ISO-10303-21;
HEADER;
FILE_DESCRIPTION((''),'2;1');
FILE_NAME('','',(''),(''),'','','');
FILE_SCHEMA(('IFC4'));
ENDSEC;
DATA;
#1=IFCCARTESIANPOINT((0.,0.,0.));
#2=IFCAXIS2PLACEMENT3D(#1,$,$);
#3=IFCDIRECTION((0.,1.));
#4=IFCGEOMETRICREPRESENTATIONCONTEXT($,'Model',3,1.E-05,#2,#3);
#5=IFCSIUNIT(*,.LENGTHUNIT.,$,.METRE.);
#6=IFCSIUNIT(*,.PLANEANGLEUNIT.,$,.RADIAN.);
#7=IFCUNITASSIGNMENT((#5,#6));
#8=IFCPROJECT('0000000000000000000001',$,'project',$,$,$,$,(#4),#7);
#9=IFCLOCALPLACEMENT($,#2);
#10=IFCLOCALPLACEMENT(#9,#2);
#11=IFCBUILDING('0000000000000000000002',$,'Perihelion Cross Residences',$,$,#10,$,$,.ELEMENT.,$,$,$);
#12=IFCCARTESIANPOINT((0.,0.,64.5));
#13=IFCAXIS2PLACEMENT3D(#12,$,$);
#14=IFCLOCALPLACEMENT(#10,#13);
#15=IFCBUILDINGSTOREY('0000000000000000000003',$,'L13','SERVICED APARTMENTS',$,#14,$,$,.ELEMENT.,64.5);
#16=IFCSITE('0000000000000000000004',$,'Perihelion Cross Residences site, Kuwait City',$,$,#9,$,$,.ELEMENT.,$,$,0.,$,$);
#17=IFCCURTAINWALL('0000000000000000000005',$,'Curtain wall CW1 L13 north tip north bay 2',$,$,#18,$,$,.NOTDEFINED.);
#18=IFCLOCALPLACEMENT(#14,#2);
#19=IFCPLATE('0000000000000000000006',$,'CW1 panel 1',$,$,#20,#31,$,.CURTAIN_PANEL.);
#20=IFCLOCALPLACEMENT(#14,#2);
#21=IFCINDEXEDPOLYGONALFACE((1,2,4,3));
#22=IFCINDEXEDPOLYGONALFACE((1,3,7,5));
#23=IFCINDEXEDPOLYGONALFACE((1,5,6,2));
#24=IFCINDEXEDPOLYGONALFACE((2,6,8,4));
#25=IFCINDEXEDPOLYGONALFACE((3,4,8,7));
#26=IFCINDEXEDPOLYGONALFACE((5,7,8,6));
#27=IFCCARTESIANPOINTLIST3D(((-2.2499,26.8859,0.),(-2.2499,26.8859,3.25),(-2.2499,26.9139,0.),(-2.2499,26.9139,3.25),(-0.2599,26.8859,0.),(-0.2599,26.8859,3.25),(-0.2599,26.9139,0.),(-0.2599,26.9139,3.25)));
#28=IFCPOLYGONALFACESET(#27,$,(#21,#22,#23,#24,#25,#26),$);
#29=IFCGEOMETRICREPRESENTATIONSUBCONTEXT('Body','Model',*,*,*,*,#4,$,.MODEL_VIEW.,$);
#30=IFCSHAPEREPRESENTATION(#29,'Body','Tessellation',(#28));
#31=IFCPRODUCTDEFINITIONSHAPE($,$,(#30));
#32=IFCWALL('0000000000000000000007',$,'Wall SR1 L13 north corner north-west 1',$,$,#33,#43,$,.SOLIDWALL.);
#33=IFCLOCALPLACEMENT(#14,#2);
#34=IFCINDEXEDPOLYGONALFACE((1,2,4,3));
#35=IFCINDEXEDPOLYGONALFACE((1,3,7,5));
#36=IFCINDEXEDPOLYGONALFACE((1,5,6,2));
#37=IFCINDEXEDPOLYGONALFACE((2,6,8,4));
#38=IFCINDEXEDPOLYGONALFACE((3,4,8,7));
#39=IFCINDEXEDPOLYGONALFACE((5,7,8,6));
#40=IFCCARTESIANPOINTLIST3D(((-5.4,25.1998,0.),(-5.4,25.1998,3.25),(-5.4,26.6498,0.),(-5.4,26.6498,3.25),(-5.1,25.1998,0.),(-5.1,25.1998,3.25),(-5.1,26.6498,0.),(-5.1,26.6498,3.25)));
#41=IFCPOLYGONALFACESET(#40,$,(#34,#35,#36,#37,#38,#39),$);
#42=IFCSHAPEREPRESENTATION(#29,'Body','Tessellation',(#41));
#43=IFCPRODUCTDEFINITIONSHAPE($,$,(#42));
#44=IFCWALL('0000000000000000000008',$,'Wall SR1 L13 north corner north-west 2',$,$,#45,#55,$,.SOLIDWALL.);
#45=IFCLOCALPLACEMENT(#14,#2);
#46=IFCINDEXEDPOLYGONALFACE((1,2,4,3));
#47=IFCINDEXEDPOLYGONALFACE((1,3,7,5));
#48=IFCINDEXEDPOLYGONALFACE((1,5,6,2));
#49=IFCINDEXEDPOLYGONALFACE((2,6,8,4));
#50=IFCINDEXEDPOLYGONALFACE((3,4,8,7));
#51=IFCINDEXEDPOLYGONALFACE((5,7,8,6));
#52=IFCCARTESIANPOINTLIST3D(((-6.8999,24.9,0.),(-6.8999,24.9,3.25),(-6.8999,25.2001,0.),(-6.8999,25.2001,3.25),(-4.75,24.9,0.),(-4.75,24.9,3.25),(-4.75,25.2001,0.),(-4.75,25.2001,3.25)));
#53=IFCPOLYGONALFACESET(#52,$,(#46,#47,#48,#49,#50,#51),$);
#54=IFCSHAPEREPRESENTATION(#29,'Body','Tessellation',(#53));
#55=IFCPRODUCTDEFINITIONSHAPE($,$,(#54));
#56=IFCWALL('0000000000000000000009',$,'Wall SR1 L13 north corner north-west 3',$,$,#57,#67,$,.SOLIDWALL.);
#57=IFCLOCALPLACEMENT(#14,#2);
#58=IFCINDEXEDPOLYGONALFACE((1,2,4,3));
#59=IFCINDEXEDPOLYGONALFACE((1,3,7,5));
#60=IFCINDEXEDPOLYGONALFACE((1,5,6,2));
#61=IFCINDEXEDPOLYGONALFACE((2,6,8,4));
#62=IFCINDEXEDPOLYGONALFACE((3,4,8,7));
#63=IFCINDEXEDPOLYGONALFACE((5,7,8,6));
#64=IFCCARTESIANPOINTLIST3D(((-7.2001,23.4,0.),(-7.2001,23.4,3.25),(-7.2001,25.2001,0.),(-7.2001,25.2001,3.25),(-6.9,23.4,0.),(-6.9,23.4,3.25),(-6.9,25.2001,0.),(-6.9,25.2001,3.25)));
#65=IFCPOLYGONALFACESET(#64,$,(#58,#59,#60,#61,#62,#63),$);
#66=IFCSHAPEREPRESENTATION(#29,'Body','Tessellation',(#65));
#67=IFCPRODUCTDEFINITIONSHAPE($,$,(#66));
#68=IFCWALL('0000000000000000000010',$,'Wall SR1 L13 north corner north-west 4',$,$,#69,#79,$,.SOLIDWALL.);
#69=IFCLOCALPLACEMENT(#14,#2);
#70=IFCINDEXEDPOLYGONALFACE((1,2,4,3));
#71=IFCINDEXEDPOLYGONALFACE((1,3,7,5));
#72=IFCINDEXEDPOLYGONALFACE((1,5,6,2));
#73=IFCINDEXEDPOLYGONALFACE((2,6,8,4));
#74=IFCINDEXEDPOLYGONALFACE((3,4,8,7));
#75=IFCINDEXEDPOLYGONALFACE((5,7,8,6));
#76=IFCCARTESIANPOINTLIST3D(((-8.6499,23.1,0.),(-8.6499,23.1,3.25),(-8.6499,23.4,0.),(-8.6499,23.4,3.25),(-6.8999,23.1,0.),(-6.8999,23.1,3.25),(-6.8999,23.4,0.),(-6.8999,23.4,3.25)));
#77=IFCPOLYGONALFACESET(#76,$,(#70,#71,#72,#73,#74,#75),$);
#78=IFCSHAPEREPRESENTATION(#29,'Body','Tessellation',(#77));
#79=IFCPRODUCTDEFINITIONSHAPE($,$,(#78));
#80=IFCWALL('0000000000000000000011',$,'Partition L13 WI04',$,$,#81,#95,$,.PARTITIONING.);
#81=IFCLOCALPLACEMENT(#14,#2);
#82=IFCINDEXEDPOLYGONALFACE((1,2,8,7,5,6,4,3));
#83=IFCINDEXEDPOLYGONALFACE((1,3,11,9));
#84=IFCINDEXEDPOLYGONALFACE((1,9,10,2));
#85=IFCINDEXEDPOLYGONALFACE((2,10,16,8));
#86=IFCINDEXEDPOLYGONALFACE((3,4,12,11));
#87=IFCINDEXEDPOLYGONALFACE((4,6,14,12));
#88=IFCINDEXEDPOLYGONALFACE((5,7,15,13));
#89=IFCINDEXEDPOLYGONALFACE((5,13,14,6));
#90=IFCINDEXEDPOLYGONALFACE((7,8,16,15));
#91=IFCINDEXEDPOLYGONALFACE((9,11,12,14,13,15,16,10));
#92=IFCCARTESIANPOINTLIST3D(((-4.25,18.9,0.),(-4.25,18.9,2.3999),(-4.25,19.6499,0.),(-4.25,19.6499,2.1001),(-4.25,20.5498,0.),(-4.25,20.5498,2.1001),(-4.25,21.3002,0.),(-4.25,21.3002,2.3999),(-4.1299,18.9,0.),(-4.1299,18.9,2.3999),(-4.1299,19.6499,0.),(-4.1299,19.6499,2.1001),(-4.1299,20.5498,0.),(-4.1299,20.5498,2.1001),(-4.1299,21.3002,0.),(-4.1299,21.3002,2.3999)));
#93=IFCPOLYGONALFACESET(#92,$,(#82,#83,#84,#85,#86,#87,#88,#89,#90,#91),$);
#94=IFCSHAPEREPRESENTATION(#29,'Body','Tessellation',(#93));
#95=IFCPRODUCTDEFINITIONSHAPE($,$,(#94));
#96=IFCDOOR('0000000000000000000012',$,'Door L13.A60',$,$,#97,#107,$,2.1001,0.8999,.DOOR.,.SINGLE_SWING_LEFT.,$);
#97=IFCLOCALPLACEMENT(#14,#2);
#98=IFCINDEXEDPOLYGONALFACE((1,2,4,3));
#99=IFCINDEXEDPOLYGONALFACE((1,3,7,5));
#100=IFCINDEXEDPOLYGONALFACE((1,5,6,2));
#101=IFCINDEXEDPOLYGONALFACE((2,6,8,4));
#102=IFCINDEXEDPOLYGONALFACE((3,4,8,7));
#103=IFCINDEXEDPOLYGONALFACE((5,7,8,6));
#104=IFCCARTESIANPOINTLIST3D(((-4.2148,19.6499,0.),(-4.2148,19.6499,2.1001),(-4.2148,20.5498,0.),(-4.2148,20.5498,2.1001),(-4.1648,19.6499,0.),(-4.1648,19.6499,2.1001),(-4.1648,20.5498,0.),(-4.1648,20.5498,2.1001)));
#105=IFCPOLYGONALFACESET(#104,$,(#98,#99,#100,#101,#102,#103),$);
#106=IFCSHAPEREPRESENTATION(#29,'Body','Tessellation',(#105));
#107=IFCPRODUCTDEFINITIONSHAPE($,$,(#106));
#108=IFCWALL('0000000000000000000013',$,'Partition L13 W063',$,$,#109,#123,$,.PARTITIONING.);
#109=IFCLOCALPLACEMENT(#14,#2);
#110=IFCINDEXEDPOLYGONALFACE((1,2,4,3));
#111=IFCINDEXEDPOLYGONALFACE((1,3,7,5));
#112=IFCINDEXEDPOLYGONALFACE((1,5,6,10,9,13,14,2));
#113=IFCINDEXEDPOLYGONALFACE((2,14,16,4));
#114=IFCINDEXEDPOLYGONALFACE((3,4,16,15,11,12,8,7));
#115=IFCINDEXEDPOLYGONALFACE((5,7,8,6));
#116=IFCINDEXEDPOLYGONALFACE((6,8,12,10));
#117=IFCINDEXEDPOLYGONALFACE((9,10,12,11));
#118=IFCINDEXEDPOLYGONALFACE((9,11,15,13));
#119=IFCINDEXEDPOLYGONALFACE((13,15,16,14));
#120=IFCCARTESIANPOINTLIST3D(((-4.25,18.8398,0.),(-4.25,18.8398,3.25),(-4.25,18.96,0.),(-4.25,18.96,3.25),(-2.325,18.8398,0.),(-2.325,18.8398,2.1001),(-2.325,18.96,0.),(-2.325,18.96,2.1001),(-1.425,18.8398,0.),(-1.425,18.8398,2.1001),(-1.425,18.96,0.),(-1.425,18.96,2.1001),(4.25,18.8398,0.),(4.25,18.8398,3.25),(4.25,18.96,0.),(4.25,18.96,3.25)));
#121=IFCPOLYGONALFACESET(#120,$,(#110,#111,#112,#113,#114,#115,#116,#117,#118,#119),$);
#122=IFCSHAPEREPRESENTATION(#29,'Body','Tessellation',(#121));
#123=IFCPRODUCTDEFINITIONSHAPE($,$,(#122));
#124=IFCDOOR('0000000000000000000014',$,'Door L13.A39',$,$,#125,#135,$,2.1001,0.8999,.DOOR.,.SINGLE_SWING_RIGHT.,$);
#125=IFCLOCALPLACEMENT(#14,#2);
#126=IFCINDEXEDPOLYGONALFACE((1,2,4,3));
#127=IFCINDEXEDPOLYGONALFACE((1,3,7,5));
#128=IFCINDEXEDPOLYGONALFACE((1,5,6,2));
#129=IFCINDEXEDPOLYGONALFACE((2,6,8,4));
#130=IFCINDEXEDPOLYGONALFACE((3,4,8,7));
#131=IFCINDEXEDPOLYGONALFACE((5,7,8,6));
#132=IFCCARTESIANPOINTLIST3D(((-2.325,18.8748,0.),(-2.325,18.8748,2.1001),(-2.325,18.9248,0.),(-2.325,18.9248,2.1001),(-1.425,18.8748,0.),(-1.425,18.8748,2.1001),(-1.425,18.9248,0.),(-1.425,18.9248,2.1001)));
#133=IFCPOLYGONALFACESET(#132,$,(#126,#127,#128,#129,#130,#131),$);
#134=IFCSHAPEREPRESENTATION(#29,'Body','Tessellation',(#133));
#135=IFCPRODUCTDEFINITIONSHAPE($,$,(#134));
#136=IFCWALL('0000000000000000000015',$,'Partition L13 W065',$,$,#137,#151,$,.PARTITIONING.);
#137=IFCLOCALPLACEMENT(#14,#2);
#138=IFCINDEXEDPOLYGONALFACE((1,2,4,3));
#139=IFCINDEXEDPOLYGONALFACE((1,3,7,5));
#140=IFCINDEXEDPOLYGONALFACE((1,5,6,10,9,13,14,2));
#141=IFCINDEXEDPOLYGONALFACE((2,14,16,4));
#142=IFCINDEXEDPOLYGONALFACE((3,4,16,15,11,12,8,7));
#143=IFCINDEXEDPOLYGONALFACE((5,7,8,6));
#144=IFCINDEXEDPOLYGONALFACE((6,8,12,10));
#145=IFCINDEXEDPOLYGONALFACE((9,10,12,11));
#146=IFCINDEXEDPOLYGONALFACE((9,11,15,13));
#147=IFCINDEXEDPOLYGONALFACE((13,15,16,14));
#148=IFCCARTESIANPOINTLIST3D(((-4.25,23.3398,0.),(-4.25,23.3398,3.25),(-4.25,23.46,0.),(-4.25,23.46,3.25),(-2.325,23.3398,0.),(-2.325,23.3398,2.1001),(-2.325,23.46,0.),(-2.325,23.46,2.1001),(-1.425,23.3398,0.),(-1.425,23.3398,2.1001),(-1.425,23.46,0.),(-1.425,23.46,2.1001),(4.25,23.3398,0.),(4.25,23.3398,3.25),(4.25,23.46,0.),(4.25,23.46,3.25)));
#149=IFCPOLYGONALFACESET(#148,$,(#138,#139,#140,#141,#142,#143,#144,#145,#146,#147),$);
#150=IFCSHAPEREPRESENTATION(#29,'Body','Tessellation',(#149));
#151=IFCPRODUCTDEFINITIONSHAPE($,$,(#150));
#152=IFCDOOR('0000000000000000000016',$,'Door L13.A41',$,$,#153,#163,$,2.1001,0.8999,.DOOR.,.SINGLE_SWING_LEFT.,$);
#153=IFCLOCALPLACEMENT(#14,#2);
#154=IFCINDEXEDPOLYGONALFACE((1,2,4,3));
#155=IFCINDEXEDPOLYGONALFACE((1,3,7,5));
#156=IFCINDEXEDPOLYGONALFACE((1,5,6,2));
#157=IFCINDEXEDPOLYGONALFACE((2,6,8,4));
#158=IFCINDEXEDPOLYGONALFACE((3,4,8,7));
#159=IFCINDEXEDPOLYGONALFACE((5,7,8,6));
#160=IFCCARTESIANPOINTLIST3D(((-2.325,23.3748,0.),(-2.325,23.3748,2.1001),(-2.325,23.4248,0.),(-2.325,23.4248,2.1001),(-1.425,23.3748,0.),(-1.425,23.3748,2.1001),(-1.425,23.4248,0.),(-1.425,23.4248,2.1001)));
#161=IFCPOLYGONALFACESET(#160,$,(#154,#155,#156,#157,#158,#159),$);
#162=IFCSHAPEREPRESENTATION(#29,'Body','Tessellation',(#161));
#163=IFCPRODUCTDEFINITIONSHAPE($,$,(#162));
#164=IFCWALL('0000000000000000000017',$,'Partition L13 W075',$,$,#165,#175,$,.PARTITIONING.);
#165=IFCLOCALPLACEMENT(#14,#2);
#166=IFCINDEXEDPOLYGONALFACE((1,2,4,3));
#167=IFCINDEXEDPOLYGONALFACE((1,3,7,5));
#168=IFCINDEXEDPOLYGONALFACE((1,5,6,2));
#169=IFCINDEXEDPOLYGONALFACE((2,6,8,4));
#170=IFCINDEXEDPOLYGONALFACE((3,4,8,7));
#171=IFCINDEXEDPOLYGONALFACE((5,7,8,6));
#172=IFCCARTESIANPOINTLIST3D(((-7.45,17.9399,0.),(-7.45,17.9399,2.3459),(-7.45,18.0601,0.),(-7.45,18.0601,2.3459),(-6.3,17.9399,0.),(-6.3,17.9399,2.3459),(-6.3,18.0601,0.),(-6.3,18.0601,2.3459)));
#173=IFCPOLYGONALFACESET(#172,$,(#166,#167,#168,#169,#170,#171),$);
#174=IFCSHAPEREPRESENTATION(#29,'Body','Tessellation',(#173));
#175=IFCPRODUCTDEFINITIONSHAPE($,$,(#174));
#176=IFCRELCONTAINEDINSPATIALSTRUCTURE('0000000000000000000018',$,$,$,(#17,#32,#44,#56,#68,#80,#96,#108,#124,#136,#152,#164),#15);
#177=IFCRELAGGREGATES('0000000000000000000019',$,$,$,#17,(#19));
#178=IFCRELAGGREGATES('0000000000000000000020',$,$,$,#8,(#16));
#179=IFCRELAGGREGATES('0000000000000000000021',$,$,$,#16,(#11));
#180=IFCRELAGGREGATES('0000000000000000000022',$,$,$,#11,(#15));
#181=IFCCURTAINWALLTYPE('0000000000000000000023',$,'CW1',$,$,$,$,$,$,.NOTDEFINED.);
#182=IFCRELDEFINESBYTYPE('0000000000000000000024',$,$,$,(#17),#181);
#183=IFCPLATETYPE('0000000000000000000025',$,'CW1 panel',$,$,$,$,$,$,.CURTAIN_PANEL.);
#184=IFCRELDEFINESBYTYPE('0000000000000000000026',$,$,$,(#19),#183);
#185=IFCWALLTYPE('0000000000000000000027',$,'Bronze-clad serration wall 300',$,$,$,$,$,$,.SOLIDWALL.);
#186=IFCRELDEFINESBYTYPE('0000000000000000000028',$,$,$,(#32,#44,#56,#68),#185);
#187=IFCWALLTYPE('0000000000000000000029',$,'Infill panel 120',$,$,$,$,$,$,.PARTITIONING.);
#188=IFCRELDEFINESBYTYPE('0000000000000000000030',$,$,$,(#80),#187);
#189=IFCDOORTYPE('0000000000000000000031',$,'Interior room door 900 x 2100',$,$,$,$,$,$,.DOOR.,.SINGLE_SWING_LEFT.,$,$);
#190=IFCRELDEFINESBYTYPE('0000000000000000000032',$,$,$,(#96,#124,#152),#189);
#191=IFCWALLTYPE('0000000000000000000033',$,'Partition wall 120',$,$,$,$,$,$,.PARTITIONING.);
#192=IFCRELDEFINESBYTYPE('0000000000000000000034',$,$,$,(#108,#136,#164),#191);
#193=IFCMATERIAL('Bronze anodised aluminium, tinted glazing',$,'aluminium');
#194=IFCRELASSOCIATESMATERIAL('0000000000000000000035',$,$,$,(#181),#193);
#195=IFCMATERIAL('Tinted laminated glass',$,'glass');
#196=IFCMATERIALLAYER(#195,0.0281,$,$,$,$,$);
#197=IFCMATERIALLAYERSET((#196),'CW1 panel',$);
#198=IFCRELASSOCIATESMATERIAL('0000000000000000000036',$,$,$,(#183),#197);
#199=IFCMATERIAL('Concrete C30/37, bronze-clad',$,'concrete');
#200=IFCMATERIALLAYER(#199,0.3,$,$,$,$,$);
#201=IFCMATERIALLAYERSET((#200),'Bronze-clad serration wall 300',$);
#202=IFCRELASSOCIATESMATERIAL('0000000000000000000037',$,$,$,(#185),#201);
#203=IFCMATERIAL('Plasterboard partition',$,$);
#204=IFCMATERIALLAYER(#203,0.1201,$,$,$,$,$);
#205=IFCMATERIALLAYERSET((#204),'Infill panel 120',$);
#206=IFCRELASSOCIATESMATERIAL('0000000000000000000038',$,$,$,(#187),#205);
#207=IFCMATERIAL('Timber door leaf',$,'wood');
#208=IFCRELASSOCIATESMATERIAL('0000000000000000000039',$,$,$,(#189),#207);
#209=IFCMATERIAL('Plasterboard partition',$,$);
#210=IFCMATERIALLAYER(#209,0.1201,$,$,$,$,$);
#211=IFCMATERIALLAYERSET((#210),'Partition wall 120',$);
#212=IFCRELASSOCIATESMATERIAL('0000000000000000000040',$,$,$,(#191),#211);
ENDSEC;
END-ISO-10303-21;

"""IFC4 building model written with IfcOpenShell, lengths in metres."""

from ifc_helpers import new_model, si_unit, direction, frame, frame_2d, origin, origin_2d, place, context, subcontext, project, spatial, rectangle, extrude, material, layer, layer_set, type_object, element, fill, aggregate, save


model = new_model("IFC4")

# Units and contexts
model_context = context("Model", 3, precision=1e-05, world=origin(), true_north=direction((0.0, 1.0)))
body_context = subcontext(model_context, "Body", "Model", "MODEL_VIEW")
ifc_project = project(units=[si_unit("LENGTHUNIT", "METRE"), si_unit("PLANEANGLEUNIT", "RADIAN")], contexts=[model_context])

# Site, building, storey
site_placement = place(None, origin())
site = spatial("IfcSite", under=ifc_project, at=site_placement, Name="Perihelion Cross Residences site, Kuwait City", CompositionType="ELEMENT", RefElevation=0.0)
building_placement = place(site_placement, origin())
building = spatial("IfcBuilding", under=site, at=building_placement, Name="Perihelion Cross Residences", CompositionType="ELEMENT")
storey_placement = place(building_placement, frame((0.0, 0.0, 64.5)))
storey = spatial("IfcBuildingStorey", under=building, at=storey_placement, Name="L13", Description="SERVICED APARTMENTS", CompositionType="ELEMENT", Elevation=64.5)

# Curtain wall
ifc_material_1 = material(Name="Bronze anodised aluminium, tinted glazing", Category="aluminium")
curtain_wall_type = type_object("IfcCurtainWallType", Name="CW1", PredefinedType="NOTDEFINED", material=ifc_material_1)
curtain_wall_placement = place(storey_placement, origin())
curtain_wall = element("IfcCurtainWall", 1, at=curtain_wall_placement, inside=storey, type_object=curtain_wall_type, Name="Curtain wall CW1 L13 north tip north bay 2", PredefinedType="NOTDEFINED")

# Plate
ifc_material_2 = material(Name="Tinted laminated glass", Category="glass")
ifc_layer_1 = layer(ifc_material_2, 0.0281)
ifc_layer_set_1 = layer_set([ifc_layer_1], Name="CW1 panel")
plate_type = type_object("IfcPlateType", Name="CW1 panel", PredefinedType="CURTAIN_PANEL", material=ifc_layer_set_1)
plate_placement = place(storey_placement, frame((-1.2549, 26.8999, 0.0), z_axis=(0.0, 0.0, 1.0), x_axis=(-1.0, 0.0, 0.0)))
plate = element("IfcPlate", 2, at=plate_placement, type_object=plate_type, Name="CW1 panel 1", PredefinedType="CURTAIN_PANEL", context=body_context, shape_type="SweptSolid", body=[
    extrude(rectangle(XDim=1.99, YDim=0.0281, at=origin_2d()), origin(), (0.0, 0.0, 1.0), 3.25),
])
aggregate(curtain_wall, [plate])

# Walls
ifc_material_3 = material(Name="Concrete C30/37, bronze-clad", Category="concrete")
ifc_layer_2 = layer(ifc_material_3, 0.3)
ifc_layer_set_2 = layer_set([ifc_layer_2], Name="Bronze-clad serration wall 300")
wall_type_1 = type_object("IfcWallType", Name="Bronze-clad serration wall 300", PredefinedType="SOLIDWALL", material=ifc_layer_set_2)
wall_1_placement = place(storey_placement, frame((-5.25, 26.6499, 0.0), z_axis=(0.0, 0.0, 1.0), x_axis=(0.0, -1.0, 0.0)))
element("IfcWall", 3, at=wall_1_placement, inside=storey, type_object=wall_type_1, Name="Wall SR1 L13 north corner north-west 1", PredefinedType="SOLIDWALL", context=body_context, shape_type="SweptSolid", body=[
    extrude(rectangle(XDim=1.45, YDim=0.3, at=frame_2d((0.7251, 0.0))), origin(), (0.0, 0.0, 1.0), 3.25),
])
wall_2_placement = place(storey_placement, frame((-4.75, 25.05, 0.0), z_axis=(0.0, 0.0, 1.0), x_axis=(-1.0, 0.0, 0.0)))
element("IfcWall", 4, at=wall_2_placement, inside=storey, type_object=wall_type_1, Name="Wall SR1 L13 north corner north-west 2", PredefinedType="SOLIDWALL", context=body_context, shape_type="SweptSolid", body=[
    extrude(rectangle(XDim=2.1499, YDim=0.3, at=frame_2d((1.075, 0.0))), origin(), (0.0, 0.0, 1.0), 3.25),
])
wall_3_placement = place(storey_placement, frame((-7.05, 25.2, 0.0), z_axis=(0.0, 0.0, 1.0), x_axis=(0.0, -1.0, 0.0)))
element("IfcWall", 5, at=wall_3_placement, inside=storey, type_object=wall_type_1, Name="Wall SR1 L13 north corner north-west 3", PredefinedType="SOLIDWALL", context=body_context, shape_type="SweptSolid", body=[
    extrude(rectangle(XDim=1.8, YDim=0.3, at=frame_2d((0.8999, 0.0))), origin(), (0.0, 0.0, 1.0), 3.25),
])
wall_4_placement = place(storey_placement, frame((-6.8999, 23.25, 0.0), z_axis=(0.0, 0.0, 1.0), x_axis=(-1.0, 0.0, 0.0)))
element("IfcWall", 6, at=wall_4_placement, inside=storey, type_object=wall_type_1, Name="Wall SR1 L13 north corner north-west 4", PredefinedType="SOLIDWALL", context=body_context, shape_type="SweptSolid", body=[
    extrude(rectangle(XDim=1.75, YDim=0.3, at=frame_2d((0.875, 0.0))), origin(), (0.0, 0.0, 1.0), 3.25),
])

# Walls, openings, doors
ifc_material_4 = material(Name="Plasterboard partition")
ifc_layer_3 = layer(ifc_material_4, 0.1201)
ifc_layer_set_3 = layer_set([ifc_layer_3], Name="Infill panel 120")
wall_type_2 = type_object("IfcWallType", Name="Infill panel 120", PredefinedType="PARTITIONING", material=ifc_layer_set_3)
wall_5_placement = place(storey_placement, frame((-4.1899, 18.8999, 0.0), z_axis=(0.0, 0.0, 1.0), x_axis=(0.0, 1.0, 0.0)))
wall_5 = element("IfcWall", 7, at=wall_5_placement, inside=storey, type_object=wall_type_2, Name="Partition L13 WI04", PredefinedType="PARTITIONING", context=body_context, shape_type="SweptSolid", body=[
    extrude(rectangle(XDim=2.4001, YDim=0.1201, at=frame_2d((1.2002, 0.0))), origin(), (0.0, 0.0, 1.0), 2.3999),
])
opening_1_placement = place(wall_5_placement, frame((0.75, 0.0, 0.0)))
opening_1 = element("IfcOpeningElement", 8, at=opening_1_placement, cuts=wall_5, PredefinedType="OPENING", context=body_context, shape_type="SweptSolid", body=[
    extrude(rectangle(XDim=0.8999, YDim=2.1001, at=frame_2d((0.45, 1.05))), frame((0.0, 0.0701, 0.0), z_axis=(0.0, -1.0, 0.0), x_axis=(1.0, 0.0, 0.0)), (0.0, 0.0, 1.0), 0.1401),
])
ifc_material_5 = material(Name="Timber door leaf", Category="wood")
door_type_1 = type_object("IfcDoorType", Name="Interior room door 900 x 2100", OperationType="SINGLE_SWING_LEFT", PredefinedType="DOOR", material=ifc_material_5)
door_1_placement = place(opening_1_placement, origin())
door_1 = element("IfcDoor", 9, at=door_1_placement, inside=storey, type_object=door_type_1, Name="Door L13.A60", OperationType="SINGLE_SWING_LEFT", OverallHeight=2.1001, OverallWidth=0.8999, PredefinedType="DOOR", context=body_context, shape_type="SweptSolid", body=[
    extrude(rectangle(XDim=0.8999, YDim=2.1001, at=frame_2d((0.45, 1.05))), frame((0.0, 0.0249, 0.0), z_axis=(0.0, -1.0, 0.0), x_axis=(1.0, 0.0, 0.0)), (0.0, 0.0, 1.0), 0.05),
])
fill(opening_1, door_1)
ifc_material_6 = material(Name="Plasterboard partition")
ifc_layer_4 = layer(ifc_material_6, 0.1201)
ifc_layer_set_4 = layer_set([ifc_layer_4], Name="Partition wall 120")
wall_type_3 = type_object("IfcWallType", Name="Partition wall 120", PredefinedType="PARTITIONING", material=ifc_layer_set_4)
wall_6_placement = place(storey_placement, frame((-4.25, 18.8999, 0.0), z_axis=(0.0, 0.0, 1.0), x_axis=(1.0, 0.0, 0.0)))
wall_6 = element("IfcWall", 10, at=wall_6_placement, inside=storey, type_object=wall_type_3, Name="Partition L13 W063", PredefinedType="PARTITIONING", context=body_context, shape_type="SweptSolid", body=[
    extrude(rectangle(XDim=8.5, YDim=0.1201, at=frame_2d((4.25, 0.0))), origin(), (0.0, 0.0, 1.0), 3.25),
])
opening_2_placement = place(wall_6_placement, frame((1.925, 0.0, 0.0)))
opening_2 = element("IfcOpeningElement", 11, at=opening_2_placement, cuts=wall_6, PredefinedType="OPENING", context=body_context, shape_type="SweptSolid", body=[
    extrude(rectangle(XDim=0.8999, YDim=2.1001, at=frame_2d((0.45, 1.05))), frame((0.0, 0.0701, 0.0), z_axis=(0.0, -1.0, 0.0), x_axis=(1.0, 0.0, 0.0)), (0.0, 0.0, 1.0), 0.1401),
])
door_2_placement = place(opening_2_placement, origin())
door_2 = element("IfcDoor", 12, at=door_2_placement, inside=storey, type_object=door_type_1, Name="Door L13.A39", OperationType="SINGLE_SWING_RIGHT", OverallHeight=2.1001, OverallWidth=0.8999, PredefinedType="DOOR", context=body_context, shape_type="SweptSolid", body=[
    extrude(rectangle(XDim=0.8999, YDim=2.1001, at=frame_2d((0.45, 1.05))), frame((0.0, 0.0249, 0.0), z_axis=(0.0, -1.0, 0.0), x_axis=(1.0, 0.0, 0.0)), (0.0, 0.0, 1.0), 0.05),
])
fill(opening_2, door_2)
wall_7_placement = place(storey_placement, frame((-4.25, 23.3999, 0.0), z_axis=(0.0, 0.0, 1.0), x_axis=(1.0, 0.0, 0.0)))
wall_7 = element("IfcWall", 13, at=wall_7_placement, inside=storey, type_object=wall_type_3, Name="Partition L13 W065", PredefinedType="PARTITIONING", context=body_context, shape_type="SweptSolid", body=[
    extrude(rectangle(XDim=8.5, YDim=0.1201, at=frame_2d((4.25, 0.0))), origin(), (0.0, 0.0, 1.0), 3.25),
])
opening_3_placement = place(wall_7_placement, frame((1.925, 0.0, 0.0)))
opening_3 = element("IfcOpeningElement", 14, at=opening_3_placement, cuts=wall_7, PredefinedType="OPENING", context=body_context, shape_type="SweptSolid", body=[
    extrude(rectangle(XDim=0.8999, YDim=2.1001, at=frame_2d((0.45, 1.05))), frame((0.0, 0.0701, 0.0), z_axis=(0.0, -1.0, 0.0), x_axis=(1.0, 0.0, 0.0)), (0.0, 0.0, 1.0), 0.1401),
])
door_3_placement = place(opening_3_placement, origin())
door_3 = element("IfcDoor", 15, at=door_3_placement, inside=storey, type_object=door_type_1, Name="Door L13.A41", OperationType="SINGLE_SWING_LEFT", OverallHeight=2.1001, OverallWidth=0.8999, PredefinedType="DOOR", context=body_context, shape_type="SweptSolid", body=[
    extrude(rectangle(XDim=0.8999, YDim=2.1001, at=frame_2d((0.45, 1.05))), frame((0.0, 0.0249, 0.0), z_axis=(0.0, -1.0, 0.0), x_axis=(1.0, 0.0, 0.0)), (0.0, 0.0, 1.0), 0.05),
])
fill(opening_3, door_3)

# Wall
wall_8_placement = place(storey_placement, frame((-7.45, 18.0, 0.0), z_axis=(0.0, 0.0, 1.0), x_axis=(1.0, 0.0, 0.0)))
element("IfcWall", 16, at=wall_8_placement, inside=storey, type_object=wall_type_3, Name="Partition L13 W075", PredefinedType="PARTITIONING", context=body_context, shape_type="SweptSolid", body=[
    extrude(rectangle(XDim=1.1499, YDim=0.1201, at=frame_2d((0.575, 0.0))), origin(), (0.0, 0.0, 1.0), 2.3459),
])

save(model, "model.ifc")
